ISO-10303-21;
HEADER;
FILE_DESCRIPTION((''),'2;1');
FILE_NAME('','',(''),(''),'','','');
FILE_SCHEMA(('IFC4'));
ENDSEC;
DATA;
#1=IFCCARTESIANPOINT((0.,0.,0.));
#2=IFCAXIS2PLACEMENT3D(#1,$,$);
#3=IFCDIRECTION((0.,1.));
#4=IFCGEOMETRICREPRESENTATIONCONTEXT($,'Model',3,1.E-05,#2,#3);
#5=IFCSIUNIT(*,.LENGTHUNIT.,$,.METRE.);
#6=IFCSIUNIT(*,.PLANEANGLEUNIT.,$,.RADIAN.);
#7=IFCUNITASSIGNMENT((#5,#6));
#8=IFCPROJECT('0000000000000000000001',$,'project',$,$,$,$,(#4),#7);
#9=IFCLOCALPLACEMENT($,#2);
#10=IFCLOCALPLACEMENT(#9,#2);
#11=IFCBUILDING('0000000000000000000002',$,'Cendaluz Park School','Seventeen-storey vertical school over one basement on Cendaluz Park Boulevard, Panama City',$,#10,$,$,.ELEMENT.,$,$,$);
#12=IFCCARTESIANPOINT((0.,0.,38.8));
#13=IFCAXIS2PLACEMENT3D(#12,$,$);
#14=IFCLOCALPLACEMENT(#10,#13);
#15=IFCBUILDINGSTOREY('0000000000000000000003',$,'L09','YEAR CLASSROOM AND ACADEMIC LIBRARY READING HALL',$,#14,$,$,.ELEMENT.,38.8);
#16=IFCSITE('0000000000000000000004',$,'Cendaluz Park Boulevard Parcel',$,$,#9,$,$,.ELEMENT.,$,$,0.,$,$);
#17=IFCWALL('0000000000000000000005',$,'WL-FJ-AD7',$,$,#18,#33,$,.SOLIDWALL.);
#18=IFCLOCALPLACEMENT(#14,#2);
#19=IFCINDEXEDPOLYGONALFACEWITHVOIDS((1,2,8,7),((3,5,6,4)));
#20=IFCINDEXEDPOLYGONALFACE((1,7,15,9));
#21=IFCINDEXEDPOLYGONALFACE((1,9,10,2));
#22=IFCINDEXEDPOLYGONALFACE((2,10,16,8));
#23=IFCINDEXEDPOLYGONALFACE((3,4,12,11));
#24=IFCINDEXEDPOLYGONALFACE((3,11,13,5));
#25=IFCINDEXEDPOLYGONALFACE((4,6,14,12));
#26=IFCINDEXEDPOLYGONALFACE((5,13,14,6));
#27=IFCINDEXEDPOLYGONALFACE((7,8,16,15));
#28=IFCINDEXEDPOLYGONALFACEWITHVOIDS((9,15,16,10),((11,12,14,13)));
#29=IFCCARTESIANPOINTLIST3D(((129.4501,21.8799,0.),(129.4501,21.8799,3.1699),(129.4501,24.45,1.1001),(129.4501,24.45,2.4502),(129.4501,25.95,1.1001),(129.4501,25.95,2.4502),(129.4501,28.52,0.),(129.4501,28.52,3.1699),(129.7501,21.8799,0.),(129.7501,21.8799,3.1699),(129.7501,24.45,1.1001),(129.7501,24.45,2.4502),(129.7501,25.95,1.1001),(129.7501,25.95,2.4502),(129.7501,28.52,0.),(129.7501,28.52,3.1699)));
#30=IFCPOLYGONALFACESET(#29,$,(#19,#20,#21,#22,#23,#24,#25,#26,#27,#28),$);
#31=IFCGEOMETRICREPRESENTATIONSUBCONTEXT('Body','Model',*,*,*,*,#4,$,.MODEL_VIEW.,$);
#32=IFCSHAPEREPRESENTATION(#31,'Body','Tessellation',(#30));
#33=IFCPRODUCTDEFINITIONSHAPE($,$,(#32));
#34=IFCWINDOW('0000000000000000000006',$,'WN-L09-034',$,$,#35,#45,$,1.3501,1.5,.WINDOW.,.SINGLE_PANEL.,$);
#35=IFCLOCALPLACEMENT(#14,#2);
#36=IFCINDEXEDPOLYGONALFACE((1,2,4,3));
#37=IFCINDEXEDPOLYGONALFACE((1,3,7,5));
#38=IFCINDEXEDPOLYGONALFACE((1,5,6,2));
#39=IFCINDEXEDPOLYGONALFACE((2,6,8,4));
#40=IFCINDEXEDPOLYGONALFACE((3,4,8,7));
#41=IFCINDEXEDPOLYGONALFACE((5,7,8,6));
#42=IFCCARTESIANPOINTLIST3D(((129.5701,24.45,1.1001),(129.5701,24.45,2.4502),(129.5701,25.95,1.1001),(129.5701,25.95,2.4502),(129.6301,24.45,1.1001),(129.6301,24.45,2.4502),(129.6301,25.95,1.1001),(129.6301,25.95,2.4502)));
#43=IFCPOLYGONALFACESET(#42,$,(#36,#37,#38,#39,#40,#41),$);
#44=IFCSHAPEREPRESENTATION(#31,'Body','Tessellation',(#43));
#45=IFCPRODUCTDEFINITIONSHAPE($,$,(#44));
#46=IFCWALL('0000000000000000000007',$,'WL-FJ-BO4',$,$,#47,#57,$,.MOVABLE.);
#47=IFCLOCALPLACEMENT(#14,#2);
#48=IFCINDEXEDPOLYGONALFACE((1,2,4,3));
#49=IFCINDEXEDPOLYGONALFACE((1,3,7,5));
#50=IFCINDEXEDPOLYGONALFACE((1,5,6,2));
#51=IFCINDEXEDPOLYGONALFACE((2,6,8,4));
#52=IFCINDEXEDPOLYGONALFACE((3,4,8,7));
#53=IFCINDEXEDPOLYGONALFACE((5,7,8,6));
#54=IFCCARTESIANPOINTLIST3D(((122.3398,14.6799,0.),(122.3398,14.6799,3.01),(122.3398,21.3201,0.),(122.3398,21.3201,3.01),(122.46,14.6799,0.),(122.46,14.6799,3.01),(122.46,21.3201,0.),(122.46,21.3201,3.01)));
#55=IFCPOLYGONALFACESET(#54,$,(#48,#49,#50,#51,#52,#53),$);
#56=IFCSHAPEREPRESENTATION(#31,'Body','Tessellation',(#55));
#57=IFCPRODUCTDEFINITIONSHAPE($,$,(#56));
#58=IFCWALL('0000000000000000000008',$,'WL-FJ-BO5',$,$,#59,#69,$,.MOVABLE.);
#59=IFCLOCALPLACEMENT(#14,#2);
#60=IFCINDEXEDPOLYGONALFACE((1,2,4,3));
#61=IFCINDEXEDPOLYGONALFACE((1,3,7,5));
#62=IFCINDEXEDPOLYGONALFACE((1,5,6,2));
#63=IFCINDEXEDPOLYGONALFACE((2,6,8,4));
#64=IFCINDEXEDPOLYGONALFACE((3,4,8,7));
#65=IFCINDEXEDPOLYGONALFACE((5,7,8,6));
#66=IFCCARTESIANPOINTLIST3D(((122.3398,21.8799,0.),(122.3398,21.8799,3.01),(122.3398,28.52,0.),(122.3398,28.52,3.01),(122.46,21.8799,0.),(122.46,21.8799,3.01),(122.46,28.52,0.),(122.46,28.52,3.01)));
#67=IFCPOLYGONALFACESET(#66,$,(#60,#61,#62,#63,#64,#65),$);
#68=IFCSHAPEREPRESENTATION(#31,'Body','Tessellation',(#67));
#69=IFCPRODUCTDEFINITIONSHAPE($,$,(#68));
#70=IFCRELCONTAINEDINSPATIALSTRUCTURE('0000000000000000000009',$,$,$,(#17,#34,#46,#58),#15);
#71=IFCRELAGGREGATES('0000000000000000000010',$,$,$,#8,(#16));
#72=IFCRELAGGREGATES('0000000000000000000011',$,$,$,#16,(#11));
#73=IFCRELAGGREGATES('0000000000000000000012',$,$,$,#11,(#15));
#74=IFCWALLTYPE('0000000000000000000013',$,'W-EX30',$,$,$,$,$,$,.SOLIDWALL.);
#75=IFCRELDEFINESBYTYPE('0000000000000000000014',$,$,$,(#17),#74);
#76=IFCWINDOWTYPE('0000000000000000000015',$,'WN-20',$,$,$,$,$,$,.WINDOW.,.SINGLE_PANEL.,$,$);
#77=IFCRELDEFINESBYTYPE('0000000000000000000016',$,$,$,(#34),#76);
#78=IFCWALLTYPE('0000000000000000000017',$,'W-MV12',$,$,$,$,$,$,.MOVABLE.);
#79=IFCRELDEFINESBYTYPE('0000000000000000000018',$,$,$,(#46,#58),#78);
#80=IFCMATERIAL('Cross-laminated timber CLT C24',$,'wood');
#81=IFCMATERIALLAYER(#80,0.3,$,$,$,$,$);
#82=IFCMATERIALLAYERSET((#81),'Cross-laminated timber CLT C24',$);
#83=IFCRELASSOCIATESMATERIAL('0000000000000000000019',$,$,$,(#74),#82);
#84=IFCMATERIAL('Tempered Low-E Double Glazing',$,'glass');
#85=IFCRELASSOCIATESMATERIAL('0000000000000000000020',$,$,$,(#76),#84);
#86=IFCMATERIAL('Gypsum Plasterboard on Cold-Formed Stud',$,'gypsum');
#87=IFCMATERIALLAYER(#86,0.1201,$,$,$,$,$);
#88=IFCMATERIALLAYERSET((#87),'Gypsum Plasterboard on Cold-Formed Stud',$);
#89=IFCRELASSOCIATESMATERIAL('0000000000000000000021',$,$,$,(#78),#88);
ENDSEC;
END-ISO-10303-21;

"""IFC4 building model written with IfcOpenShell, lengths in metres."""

from ifc_helpers import new_model, si_unit, direction, frame, frame_2d, origin, place, context, subcontext, project, spatial, rectangle, extrude, material, layer, layer_set, type_object, element, fill, save


model = new_model("IFC4")

# Units and contexts
model_context = context("Model", 3, precision=1e-05, world=origin(), true_north=direction((0.0, 1.0)))
body_context = subcontext(model_context, "Body", "Model", "MODEL_VIEW")
ifc_project = project(units=[si_unit("LENGTHUNIT", "METRE"), si_unit("PLANEANGLEUNIT", "RADIAN")], contexts=[model_context])

# Site, building, storey
site_placement = place(None, origin())
site = spatial("IfcSite", under=ifc_project, at=site_placement, Name="Cendaluz Park Boulevard Parcel", CompositionType="ELEMENT", RefElevation=0.0)
building_placement = place(site_placement, origin())
building = spatial("IfcBuilding", under=site, at=building_placement, Name="Cendaluz Park School", Description="Seventeen-storey vertical school over one basement on Cendaluz Park Boulevard, Panama City", CompositionType="ELEMENT")
storey_placement = place(building_placement, frame((0.0, 0.0, 38.8)))
storey = spatial("IfcBuildingStorey", under=building, at=storey_placement, Name="L09", Description="YEAR CLASSROOM AND ACADEMIC LIBRARY READING HALL", CompositionType="ELEMENT", Elevation=38.8)

# Shared definitions
ifc_material_1 = material(Name="Gypsum Plasterboard on Cold-Formed Stud", Category="gypsum")

# Wall, opening, window
ifc_material_2 = material(Name="Cross-laminated timber CLT C24", Category="wood")
ifc_layer_1 = layer(ifc_material_2, 0.3)
ifc_layer_set_1 = layer_set([ifc_layer_1], Name="Cross-laminated timber CLT C24")
wall_type_1 = type_object("IfcWallType", Name="W-EX30", PredefinedType="SOLIDWALL", material=ifc_layer_set_1)
ifc_material_3 = material(Name="Tempered Low-E Double Glazing", Category="glass")
window_type = type_object("IfcWindowType", Name="WN-20", PartitioningType="SINGLE_PANEL", PredefinedType="WINDOW", material=ifc_material_3)
wall_1_placement = place(storey_placement, frame((129.6001, 21.8799, 0.0), z_axis=(0.0, 0.0, 1.0), x_axis=(0.0, 1.0, 0.0)))
wall_1 = element("IfcWall", 1, at=wall_1_placement, inside=storey, type_object=wall_type_1, Name="WL-FJ-AD7", PredefinedType="SOLIDWALL", context=body_context, shape_type="SweptSolid", body=[
    extrude(rectangle(XDim=6.6401, YDim=0.3, at=frame_2d((3.3201, 0.0))), origin(), (0.0, 0.0, 1.0), 3.1699),
])
opening_1_placement = place(wall_1_placement, frame((2.5701, 0.0, 1.1001)))
opening_1 = element("IfcOpeningElement", 2, at=opening_1_placement, cuts=wall_1, PredefinedType="OPENING", context=body_context, shape_type="SweptSolid", body=[
    extrude(rectangle(XDim=1.5, YDim=1.3501, at=frame_2d((0.75, 0.675))), frame((0.0, 0.1621, 0.0), z_axis=(0.0, -1.0, 0.0), x_axis=(1.0, 0.0, 0.0)), (0.0, 0.0, 1.0), 0.324),
])
window_1_placement = place(opening_1_placement, origin())
window_1 = element("IfcWindow", 3, at=window_1_placement, inside=storey, type_object=window_type, Name="WN-L09-034", OverallHeight=1.3501, OverallWidth=1.5, PartitioningType="SINGLE_PANEL", PredefinedType="WINDOW", context=body_context, shape_type="SweptSolid", body=[
    extrude(rectangle(XDim=1.5, YDim=1.3501, at=frame_2d((0.75, 0.675))), frame((0.0, 0.03, 0.0), z_axis=(0.0, -1.0, 0.0), x_axis=(1.0, 0.0, 0.0)), (0.0, 0.0, 1.0), 0.0601),
])
fill(opening_1, window_1)

# Walls
ifc_layer_2 = layer(ifc_material_1, 0.1201)
ifc_layer_set_2 = layer_set([ifc_layer_2], Name="Gypsum Plasterboard on Cold-Formed Stud")
wall_type_2 = type_object("IfcWallType", Name="W-MV12", PredefinedType="MOVABLE", material=ifc_layer_set_2)
for number, where, z_axis, x_axis, name in (
    (4, (122.3999, 14.6799, 0.0), (0.0, 0.0, 1.0), (0.0, 1.0, 0.0), "WL-FJ-BO4"),
    (5, (122.3999, 21.8799, 0.0), (0.0, 0.0, 1.0), (0.0, 1.0, 0.0), "WL-FJ-BO5"),
):
    element("IfcWall", number, at=place(storey_placement, frame(where, z_axis=z_axis, x_axis=x_axis)), inside=storey, type_object=wall_type_2, Name=name, PredefinedType="MOVABLE", context=body_context, shape_type="SweptSolid", body=[
        extrude(rectangle(XDim=6.6401, YDim=0.1201, at=frame_2d((3.3201, 0.0))), origin(), (0.0, 0.0, 1.0), 3.01),
    ])

save(model, "model.ifc")
